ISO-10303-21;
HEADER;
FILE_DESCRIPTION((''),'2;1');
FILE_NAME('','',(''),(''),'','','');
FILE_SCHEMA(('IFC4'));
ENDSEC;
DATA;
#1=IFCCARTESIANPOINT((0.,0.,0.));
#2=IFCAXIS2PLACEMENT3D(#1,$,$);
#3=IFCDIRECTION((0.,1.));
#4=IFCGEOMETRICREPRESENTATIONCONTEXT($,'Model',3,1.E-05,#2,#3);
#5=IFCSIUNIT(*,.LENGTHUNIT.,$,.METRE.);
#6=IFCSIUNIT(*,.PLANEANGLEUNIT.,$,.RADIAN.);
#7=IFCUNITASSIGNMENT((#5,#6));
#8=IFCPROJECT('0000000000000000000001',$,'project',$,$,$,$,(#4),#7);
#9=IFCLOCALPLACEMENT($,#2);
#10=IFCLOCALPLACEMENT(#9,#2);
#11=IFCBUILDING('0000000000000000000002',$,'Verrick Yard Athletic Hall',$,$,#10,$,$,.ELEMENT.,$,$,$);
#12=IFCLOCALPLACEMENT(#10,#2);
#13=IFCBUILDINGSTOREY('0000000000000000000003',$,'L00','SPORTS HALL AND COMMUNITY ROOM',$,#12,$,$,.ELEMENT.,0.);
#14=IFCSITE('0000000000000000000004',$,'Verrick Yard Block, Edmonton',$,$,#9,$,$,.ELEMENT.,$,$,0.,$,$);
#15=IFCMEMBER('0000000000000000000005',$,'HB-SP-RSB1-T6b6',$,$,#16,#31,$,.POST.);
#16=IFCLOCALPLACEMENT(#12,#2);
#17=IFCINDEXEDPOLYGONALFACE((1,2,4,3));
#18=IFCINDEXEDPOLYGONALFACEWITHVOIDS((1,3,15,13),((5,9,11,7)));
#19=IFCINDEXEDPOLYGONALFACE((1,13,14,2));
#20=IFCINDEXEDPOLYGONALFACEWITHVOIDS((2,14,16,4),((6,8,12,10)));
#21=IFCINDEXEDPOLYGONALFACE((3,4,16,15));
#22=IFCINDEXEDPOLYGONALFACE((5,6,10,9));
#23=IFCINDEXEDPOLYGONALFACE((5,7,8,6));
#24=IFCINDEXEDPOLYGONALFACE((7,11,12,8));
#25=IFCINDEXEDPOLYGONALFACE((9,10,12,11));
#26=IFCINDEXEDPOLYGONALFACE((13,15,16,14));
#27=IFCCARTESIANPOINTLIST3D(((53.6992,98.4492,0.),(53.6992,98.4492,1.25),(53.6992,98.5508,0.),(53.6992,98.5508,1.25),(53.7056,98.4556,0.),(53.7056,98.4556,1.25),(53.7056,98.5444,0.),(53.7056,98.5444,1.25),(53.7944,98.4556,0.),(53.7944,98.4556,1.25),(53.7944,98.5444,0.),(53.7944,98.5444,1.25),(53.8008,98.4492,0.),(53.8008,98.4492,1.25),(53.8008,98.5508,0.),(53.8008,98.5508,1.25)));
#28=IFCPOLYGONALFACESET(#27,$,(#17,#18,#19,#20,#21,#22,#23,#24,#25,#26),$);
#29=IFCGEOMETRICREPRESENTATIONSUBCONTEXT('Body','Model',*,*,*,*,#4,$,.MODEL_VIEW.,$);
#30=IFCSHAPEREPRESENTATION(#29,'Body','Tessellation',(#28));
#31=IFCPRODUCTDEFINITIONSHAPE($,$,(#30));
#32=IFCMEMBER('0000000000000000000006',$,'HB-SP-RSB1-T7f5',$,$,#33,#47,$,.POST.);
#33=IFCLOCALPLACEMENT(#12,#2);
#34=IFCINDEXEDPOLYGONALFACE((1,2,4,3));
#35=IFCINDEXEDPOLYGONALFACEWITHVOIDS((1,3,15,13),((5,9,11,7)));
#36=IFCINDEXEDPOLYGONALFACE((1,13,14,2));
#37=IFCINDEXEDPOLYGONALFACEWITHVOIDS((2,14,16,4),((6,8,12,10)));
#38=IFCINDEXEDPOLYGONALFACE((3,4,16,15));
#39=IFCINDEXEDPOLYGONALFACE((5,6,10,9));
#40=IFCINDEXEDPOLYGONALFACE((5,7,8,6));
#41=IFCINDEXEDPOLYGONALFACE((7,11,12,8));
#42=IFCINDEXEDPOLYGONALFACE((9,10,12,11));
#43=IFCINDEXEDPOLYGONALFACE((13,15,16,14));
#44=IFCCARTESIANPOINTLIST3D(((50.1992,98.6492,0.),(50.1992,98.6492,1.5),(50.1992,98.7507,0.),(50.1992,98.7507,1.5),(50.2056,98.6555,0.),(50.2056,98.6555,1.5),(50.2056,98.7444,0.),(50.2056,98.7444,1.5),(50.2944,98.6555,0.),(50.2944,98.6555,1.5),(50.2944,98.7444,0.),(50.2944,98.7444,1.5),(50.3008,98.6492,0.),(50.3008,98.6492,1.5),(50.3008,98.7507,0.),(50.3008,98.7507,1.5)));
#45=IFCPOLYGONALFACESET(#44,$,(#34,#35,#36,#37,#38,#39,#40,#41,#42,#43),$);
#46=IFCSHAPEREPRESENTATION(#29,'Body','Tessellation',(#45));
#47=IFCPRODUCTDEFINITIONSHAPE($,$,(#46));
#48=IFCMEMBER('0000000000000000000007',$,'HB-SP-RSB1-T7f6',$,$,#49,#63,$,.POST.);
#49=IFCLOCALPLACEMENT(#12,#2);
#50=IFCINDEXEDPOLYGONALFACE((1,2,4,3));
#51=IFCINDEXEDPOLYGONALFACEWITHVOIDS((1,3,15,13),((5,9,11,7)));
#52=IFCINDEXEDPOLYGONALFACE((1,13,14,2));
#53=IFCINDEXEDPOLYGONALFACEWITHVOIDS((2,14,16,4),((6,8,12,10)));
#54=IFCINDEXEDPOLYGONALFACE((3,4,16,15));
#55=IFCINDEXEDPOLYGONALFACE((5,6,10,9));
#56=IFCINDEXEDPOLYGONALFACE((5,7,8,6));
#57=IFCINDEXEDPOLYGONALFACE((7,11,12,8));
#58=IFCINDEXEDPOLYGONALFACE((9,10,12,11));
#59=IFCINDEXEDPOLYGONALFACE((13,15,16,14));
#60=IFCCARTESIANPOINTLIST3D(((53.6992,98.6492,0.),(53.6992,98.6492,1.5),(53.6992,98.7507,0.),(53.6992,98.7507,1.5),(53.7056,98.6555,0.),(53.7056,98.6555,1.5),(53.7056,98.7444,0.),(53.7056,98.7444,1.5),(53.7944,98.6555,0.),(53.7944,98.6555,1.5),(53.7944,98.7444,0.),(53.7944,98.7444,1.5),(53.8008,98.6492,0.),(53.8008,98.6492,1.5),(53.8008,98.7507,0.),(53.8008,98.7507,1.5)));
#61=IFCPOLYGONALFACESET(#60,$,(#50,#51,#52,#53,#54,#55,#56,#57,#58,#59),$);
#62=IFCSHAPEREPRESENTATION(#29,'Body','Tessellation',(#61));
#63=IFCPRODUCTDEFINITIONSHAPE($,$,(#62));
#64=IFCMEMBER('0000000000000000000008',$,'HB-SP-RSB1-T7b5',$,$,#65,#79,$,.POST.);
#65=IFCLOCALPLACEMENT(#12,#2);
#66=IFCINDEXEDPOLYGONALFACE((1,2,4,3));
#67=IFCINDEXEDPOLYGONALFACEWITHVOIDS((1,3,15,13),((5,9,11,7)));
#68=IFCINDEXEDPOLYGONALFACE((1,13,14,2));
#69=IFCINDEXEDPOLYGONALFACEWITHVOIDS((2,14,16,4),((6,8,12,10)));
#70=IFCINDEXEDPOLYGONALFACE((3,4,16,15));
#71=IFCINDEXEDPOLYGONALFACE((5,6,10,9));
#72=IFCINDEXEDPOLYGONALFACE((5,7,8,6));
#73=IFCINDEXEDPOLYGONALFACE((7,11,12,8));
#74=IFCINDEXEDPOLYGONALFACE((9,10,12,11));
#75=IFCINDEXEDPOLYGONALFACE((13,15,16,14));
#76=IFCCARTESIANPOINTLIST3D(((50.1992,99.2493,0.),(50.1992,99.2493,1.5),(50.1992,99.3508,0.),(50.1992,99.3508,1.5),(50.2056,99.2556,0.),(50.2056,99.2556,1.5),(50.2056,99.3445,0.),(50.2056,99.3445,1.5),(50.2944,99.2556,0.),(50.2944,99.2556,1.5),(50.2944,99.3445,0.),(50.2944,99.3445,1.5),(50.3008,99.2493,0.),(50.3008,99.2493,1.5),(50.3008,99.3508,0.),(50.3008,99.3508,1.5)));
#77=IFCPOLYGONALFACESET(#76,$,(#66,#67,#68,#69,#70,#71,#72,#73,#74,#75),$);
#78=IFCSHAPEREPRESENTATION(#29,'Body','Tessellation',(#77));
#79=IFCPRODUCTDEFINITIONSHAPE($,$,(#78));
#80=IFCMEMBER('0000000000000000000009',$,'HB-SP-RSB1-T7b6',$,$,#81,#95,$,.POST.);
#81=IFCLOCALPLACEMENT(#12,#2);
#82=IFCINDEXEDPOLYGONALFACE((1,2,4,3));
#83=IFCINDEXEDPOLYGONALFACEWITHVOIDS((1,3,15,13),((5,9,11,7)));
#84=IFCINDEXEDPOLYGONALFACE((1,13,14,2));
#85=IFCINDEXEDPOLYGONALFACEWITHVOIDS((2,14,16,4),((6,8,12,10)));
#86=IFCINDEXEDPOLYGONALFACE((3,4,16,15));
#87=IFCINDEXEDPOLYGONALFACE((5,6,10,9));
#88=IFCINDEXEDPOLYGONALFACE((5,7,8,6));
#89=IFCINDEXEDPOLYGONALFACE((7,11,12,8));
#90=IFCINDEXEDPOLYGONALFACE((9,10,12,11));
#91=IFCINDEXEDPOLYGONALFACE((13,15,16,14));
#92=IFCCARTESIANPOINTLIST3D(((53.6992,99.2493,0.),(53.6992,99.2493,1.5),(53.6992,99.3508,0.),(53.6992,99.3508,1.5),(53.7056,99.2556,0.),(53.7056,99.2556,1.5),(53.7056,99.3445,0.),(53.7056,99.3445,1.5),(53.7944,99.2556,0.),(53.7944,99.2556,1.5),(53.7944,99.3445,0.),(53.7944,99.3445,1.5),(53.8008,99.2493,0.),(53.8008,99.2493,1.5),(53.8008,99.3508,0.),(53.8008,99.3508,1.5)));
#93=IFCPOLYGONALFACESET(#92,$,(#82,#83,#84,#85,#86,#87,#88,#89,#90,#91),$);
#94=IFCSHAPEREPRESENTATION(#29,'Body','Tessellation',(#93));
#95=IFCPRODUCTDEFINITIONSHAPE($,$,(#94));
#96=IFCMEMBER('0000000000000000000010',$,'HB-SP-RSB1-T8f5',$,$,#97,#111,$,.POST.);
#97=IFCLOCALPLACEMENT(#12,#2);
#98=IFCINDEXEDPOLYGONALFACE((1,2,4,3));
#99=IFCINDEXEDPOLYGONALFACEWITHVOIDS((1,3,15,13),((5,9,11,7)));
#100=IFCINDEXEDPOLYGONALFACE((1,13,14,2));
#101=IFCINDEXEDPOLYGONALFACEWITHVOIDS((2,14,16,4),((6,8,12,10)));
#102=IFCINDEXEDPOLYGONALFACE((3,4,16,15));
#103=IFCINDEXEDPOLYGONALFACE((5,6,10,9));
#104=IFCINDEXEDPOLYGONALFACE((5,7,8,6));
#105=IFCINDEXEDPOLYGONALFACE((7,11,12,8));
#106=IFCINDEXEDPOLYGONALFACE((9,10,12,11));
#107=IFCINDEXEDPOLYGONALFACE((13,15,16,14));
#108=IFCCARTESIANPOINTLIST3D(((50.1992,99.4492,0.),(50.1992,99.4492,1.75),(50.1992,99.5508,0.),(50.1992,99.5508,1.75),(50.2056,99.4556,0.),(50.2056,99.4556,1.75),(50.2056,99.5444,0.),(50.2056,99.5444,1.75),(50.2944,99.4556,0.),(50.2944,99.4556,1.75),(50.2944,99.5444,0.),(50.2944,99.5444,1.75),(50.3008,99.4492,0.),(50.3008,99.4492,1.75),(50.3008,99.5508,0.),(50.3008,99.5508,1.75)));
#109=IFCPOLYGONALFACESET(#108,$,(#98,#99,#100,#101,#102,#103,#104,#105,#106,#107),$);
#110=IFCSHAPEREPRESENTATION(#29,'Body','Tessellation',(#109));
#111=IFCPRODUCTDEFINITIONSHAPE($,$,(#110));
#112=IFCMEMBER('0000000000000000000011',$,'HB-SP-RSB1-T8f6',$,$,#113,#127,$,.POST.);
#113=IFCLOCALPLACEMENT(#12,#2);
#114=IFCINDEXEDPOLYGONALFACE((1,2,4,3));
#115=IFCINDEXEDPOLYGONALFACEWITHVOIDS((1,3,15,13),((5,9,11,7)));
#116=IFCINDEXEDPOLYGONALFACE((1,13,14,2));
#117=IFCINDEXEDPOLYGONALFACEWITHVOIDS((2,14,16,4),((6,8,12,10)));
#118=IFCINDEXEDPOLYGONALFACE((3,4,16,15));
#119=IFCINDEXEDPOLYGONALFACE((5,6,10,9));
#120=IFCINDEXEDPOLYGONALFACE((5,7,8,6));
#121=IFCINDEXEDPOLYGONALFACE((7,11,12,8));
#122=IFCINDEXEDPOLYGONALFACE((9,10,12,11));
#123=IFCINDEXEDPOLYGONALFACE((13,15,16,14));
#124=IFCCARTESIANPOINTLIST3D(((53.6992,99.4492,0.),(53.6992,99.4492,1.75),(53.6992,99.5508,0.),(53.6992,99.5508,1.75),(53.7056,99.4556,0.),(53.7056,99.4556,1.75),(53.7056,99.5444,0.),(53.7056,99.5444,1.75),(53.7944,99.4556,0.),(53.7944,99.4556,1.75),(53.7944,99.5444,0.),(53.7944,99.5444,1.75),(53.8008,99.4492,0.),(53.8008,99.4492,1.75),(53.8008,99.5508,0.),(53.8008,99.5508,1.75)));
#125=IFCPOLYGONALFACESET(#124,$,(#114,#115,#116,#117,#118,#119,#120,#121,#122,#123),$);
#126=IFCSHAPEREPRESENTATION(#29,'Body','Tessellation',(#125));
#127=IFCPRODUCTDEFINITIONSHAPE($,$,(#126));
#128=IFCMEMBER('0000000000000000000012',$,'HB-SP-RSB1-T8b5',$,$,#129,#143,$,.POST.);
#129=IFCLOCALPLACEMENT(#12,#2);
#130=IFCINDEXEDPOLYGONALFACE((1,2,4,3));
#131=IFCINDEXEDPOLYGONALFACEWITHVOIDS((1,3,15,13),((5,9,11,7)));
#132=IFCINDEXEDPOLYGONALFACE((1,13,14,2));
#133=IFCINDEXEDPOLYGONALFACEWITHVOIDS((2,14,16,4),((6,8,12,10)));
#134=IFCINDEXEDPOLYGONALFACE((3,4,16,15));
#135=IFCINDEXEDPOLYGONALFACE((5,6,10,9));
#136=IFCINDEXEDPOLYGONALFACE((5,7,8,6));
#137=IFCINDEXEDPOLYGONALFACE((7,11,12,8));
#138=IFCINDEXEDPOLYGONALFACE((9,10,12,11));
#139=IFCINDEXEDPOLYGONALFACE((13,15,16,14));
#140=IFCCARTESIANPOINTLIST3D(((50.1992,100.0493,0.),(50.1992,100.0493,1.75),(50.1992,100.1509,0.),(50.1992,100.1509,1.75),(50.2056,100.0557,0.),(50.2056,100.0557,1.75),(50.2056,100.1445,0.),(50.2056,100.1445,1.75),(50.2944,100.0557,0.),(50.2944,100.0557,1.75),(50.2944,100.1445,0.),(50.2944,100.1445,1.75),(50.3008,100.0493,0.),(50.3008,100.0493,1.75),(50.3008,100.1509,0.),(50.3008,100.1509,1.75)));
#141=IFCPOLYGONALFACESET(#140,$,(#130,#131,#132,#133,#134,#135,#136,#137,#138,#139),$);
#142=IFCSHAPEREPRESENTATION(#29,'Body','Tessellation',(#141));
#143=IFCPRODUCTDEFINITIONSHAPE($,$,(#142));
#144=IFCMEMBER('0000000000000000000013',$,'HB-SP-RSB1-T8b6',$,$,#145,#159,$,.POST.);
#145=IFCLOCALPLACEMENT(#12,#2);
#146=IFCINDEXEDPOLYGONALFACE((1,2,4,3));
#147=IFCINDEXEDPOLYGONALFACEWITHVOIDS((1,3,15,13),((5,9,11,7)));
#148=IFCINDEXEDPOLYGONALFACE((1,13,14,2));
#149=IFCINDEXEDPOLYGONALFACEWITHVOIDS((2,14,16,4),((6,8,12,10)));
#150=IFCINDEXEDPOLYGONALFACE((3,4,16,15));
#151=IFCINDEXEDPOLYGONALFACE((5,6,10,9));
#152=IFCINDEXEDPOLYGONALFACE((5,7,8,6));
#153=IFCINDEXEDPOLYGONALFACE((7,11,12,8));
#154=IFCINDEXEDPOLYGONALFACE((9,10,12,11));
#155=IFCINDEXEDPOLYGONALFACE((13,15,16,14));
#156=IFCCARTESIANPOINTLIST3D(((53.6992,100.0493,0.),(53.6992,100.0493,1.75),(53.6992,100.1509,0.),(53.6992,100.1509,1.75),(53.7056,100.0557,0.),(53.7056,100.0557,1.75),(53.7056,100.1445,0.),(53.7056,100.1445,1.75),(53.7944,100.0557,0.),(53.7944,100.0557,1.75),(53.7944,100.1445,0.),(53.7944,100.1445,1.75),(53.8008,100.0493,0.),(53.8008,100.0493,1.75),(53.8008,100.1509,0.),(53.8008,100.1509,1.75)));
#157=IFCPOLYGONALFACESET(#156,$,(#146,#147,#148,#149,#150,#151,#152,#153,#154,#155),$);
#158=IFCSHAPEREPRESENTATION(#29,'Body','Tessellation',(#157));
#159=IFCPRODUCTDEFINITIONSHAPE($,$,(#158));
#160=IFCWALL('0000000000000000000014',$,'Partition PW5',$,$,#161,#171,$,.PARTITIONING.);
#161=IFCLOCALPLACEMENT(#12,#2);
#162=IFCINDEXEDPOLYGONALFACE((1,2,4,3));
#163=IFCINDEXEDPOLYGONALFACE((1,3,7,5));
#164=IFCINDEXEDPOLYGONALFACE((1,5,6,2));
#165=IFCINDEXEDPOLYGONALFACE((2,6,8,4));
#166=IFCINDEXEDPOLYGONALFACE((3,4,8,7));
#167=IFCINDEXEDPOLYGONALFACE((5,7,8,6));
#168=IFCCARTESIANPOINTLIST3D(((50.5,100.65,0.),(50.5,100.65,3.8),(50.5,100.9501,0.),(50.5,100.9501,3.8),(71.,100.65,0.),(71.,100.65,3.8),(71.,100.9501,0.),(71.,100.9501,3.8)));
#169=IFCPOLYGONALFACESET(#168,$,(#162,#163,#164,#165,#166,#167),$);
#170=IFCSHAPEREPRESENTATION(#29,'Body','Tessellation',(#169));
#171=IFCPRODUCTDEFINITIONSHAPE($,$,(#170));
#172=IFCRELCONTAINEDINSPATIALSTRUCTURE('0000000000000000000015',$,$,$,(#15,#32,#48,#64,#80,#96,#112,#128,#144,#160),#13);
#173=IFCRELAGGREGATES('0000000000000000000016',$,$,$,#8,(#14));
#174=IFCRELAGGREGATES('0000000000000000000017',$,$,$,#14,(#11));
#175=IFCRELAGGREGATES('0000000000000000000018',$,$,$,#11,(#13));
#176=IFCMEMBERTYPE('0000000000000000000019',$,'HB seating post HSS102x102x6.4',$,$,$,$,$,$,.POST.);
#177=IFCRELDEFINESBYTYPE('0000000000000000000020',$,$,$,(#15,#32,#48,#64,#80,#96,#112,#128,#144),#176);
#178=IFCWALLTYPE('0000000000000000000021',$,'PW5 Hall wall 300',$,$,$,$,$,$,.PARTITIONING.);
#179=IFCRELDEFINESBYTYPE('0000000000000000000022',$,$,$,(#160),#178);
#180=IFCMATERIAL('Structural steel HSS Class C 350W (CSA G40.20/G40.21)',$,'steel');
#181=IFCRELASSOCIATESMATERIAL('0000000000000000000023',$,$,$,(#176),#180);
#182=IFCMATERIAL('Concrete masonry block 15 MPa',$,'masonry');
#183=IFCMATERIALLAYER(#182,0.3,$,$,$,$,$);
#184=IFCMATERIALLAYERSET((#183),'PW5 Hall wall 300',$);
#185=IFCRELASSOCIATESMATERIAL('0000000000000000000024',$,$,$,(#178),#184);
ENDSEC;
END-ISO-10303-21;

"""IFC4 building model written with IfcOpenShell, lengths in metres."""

from ifc_helpers import new_model, si_unit, direction, frame, frame_2d, origin, origin_2d, place, context, subcontext, project, spatial, rectangle, hollow_rectangle, extrude, material, layer, layer_set, material_profile, profile_set, type_object, element, save


model = new_model("IFC4")

# Units and contexts
model_context = context("Model", 3, precision=1e-05, world=origin(), true_north=direction((0.0, 1.0)))
body_context = subcontext(model_context, "Body", "Model", "MODEL_VIEW")
ifc_project = project(units=[si_unit("LENGTHUNIT", "METRE"), si_unit("PLANEANGLEUNIT", "RADIAN")], contexts=[model_context])

# Site, building, storey
site_placement = place(None, origin())
site = spatial("IfcSite", under=ifc_project, at=site_placement, Name="Verrick Yard Block, Edmonton", CompositionType="ELEMENT", RefElevation=0.0)
building_placement = place(site_placement, origin())
building = spatial("IfcBuilding", under=site, at=building_placement, Name="Verrick Yard Athletic Hall", CompositionType="ELEMENT")
storey_placement = place(building_placement, origin())
storey = spatial("IfcBuildingStorey", under=building, at=storey_placement, Name="L00", Description="SPORTS HALL AND COMMUNITY ROOM", CompositionType="ELEMENT", Elevation=0.0)

# Members
ifc_material_1 = material(Name="Structural steel HSS Class C 350W (CSA G40.20/G40.21)", Category="steel")
ifc_material_profile_1 = material_profile(ifc_material_1, hollow_rectangle(XDim=0.1016, YDim=0.1016, WallThickness=0.0063, at=origin_2d()), Name="HSS102x102x6.4")
ifc_profile_set_1 = profile_set([ifc_material_profile_1], Name="Structural steel HSS Class C 350W (CSA G40.20/G40.21)")
member_type = type_object("IfcMemberType", Name="HB seating post HSS102x102x6.4", PredefinedType="POST", material=ifc_profile_set_1)
for number, where, z_axis, x_axis, name in (
    (1, (53.75, 98.5, 0.0), (0.0, 0.0, 1.0), (0.0, 1.0, 0.0), "HB-SP-RSB1-T6b6"),
):
    element("IfcMember", number, at=place(storey_placement, frame(where, z_axis=z_axis, x_axis=x_axis)), inside=storey, type_object=member_type, Name=name, PredefinedType="POST", context=body_context, shape_type="SweptSolid", body=[
        extrude(hollow_rectangle(XDim=0.1016, YDim=0.1016, WallThickness=0.0063, at=origin_2d()), origin(), (0.0, 0.0, 1.0), 1.25),
    ])
for number, where, z_axis, x_axis, name in (
    (2, (50.25, 98.7, 0.0), (0.0, 0.0, 1.0), (0.0, 1.0, 0.0), "HB-SP-RSB1-T7f5"),
    (3, (53.75, 98.7, 0.0), (0.0, 0.0, 1.0), (0.0, 1.0, 0.0), "HB-SP-RSB1-T7f6"),
    (4, (50.25, 99.3, 0.0), (0.0, 0.0, 1.0), (0.0, 1.0, 0.0), "HB-SP-RSB1-T7b5"),
    (5, (53.75, 99.3, 0.0), (0.0, 0.0, 1.0), (0.0, 1.0, 0.0), "HB-SP-RSB1-T7b6"),
):
    element("IfcMember", number, at=place(storey_placement, frame(where, z_axis=z_axis, x_axis=x_axis)), inside=storey, type_object=member_type, Name=name, PredefinedType="POST", context=body_context, shape_type="SweptSolid", body=[
        extrude(hollow_rectangle(XDim=0.1016, YDim=0.1016, WallThickness=0.0063, at=origin_2d()), origin(), (0.0, 0.0, 1.0), 1.5),
    ])
for number, where, z_axis, x_axis, name in (
    (6, (50.25, 99.5, 0.0), (0.0, 0.0, 1.0), (0.0, 1.0, 0.0), "HB-SP-RSB1-T8f5"),
    (7, (53.75, 99.5, 0.0), (0.0, 0.0, 1.0), (0.0, 1.0, 0.0), "HB-SP-RSB1-T8f6"),
    (8, (50.25, 100.1001, 0.0), (0.0, 0.0, 1.0), (0.0, 1.0, 0.0), "HB-SP-RSB1-T8b5"),
    (9, (53.75, 100.1001, 0.0), (0.0, 0.0, 1.0), (0.0, 1.0, 0.0), "HB-SP-RSB1-T8b6"),
):
    element("IfcMember", number, at=place(storey_placement, frame(where, z_axis=z_axis, x_axis=x_axis)), inside=storey, type_object=member_type, Name=name, PredefinedType="POST", context=body_context, shape_type="SweptSolid", body=[
        extrude(hollow_rectangle(XDim=0.1016, YDim=0.1016, WallThickness=0.0063, at=origin_2d()), origin(), (0.0, 0.0, 1.0), 1.75),
    ])

# Wall
ifc_material_2 = material(Name="Concrete masonry block 15 MPa", Category="masonry")
ifc_layer = layer(ifc_material_2, 0.3)
ifc_layer_set = layer_set([ifc_layer], Name="PW5 Hall wall 300")
wall_type = type_object("IfcWallType", Name="PW5 Hall wall 300", PredefinedType="PARTITIONING", material=ifc_layer_set)
wall_placement = place(storey_placement, frame((50.5, 100.8, 0.0), z_axis=(0.0, 0.0, 1.0), x_axis=(1.0, 0.0, 0.0)))
element("IfcWall", 10, at=wall_placement, inside=storey, type_object=wall_type, Name="Partition PW5", PredefinedType="PARTITIONING", context=body_context, shape_type="SweptSolid", body=[
    extrude(rectangle(XDim=20.5, YDim=0.3, at=frame_2d((10.25, 0.0))), origin(), (0.0, 0.0, 1.0), 3.8),
])

save(model, "model.ifc")
